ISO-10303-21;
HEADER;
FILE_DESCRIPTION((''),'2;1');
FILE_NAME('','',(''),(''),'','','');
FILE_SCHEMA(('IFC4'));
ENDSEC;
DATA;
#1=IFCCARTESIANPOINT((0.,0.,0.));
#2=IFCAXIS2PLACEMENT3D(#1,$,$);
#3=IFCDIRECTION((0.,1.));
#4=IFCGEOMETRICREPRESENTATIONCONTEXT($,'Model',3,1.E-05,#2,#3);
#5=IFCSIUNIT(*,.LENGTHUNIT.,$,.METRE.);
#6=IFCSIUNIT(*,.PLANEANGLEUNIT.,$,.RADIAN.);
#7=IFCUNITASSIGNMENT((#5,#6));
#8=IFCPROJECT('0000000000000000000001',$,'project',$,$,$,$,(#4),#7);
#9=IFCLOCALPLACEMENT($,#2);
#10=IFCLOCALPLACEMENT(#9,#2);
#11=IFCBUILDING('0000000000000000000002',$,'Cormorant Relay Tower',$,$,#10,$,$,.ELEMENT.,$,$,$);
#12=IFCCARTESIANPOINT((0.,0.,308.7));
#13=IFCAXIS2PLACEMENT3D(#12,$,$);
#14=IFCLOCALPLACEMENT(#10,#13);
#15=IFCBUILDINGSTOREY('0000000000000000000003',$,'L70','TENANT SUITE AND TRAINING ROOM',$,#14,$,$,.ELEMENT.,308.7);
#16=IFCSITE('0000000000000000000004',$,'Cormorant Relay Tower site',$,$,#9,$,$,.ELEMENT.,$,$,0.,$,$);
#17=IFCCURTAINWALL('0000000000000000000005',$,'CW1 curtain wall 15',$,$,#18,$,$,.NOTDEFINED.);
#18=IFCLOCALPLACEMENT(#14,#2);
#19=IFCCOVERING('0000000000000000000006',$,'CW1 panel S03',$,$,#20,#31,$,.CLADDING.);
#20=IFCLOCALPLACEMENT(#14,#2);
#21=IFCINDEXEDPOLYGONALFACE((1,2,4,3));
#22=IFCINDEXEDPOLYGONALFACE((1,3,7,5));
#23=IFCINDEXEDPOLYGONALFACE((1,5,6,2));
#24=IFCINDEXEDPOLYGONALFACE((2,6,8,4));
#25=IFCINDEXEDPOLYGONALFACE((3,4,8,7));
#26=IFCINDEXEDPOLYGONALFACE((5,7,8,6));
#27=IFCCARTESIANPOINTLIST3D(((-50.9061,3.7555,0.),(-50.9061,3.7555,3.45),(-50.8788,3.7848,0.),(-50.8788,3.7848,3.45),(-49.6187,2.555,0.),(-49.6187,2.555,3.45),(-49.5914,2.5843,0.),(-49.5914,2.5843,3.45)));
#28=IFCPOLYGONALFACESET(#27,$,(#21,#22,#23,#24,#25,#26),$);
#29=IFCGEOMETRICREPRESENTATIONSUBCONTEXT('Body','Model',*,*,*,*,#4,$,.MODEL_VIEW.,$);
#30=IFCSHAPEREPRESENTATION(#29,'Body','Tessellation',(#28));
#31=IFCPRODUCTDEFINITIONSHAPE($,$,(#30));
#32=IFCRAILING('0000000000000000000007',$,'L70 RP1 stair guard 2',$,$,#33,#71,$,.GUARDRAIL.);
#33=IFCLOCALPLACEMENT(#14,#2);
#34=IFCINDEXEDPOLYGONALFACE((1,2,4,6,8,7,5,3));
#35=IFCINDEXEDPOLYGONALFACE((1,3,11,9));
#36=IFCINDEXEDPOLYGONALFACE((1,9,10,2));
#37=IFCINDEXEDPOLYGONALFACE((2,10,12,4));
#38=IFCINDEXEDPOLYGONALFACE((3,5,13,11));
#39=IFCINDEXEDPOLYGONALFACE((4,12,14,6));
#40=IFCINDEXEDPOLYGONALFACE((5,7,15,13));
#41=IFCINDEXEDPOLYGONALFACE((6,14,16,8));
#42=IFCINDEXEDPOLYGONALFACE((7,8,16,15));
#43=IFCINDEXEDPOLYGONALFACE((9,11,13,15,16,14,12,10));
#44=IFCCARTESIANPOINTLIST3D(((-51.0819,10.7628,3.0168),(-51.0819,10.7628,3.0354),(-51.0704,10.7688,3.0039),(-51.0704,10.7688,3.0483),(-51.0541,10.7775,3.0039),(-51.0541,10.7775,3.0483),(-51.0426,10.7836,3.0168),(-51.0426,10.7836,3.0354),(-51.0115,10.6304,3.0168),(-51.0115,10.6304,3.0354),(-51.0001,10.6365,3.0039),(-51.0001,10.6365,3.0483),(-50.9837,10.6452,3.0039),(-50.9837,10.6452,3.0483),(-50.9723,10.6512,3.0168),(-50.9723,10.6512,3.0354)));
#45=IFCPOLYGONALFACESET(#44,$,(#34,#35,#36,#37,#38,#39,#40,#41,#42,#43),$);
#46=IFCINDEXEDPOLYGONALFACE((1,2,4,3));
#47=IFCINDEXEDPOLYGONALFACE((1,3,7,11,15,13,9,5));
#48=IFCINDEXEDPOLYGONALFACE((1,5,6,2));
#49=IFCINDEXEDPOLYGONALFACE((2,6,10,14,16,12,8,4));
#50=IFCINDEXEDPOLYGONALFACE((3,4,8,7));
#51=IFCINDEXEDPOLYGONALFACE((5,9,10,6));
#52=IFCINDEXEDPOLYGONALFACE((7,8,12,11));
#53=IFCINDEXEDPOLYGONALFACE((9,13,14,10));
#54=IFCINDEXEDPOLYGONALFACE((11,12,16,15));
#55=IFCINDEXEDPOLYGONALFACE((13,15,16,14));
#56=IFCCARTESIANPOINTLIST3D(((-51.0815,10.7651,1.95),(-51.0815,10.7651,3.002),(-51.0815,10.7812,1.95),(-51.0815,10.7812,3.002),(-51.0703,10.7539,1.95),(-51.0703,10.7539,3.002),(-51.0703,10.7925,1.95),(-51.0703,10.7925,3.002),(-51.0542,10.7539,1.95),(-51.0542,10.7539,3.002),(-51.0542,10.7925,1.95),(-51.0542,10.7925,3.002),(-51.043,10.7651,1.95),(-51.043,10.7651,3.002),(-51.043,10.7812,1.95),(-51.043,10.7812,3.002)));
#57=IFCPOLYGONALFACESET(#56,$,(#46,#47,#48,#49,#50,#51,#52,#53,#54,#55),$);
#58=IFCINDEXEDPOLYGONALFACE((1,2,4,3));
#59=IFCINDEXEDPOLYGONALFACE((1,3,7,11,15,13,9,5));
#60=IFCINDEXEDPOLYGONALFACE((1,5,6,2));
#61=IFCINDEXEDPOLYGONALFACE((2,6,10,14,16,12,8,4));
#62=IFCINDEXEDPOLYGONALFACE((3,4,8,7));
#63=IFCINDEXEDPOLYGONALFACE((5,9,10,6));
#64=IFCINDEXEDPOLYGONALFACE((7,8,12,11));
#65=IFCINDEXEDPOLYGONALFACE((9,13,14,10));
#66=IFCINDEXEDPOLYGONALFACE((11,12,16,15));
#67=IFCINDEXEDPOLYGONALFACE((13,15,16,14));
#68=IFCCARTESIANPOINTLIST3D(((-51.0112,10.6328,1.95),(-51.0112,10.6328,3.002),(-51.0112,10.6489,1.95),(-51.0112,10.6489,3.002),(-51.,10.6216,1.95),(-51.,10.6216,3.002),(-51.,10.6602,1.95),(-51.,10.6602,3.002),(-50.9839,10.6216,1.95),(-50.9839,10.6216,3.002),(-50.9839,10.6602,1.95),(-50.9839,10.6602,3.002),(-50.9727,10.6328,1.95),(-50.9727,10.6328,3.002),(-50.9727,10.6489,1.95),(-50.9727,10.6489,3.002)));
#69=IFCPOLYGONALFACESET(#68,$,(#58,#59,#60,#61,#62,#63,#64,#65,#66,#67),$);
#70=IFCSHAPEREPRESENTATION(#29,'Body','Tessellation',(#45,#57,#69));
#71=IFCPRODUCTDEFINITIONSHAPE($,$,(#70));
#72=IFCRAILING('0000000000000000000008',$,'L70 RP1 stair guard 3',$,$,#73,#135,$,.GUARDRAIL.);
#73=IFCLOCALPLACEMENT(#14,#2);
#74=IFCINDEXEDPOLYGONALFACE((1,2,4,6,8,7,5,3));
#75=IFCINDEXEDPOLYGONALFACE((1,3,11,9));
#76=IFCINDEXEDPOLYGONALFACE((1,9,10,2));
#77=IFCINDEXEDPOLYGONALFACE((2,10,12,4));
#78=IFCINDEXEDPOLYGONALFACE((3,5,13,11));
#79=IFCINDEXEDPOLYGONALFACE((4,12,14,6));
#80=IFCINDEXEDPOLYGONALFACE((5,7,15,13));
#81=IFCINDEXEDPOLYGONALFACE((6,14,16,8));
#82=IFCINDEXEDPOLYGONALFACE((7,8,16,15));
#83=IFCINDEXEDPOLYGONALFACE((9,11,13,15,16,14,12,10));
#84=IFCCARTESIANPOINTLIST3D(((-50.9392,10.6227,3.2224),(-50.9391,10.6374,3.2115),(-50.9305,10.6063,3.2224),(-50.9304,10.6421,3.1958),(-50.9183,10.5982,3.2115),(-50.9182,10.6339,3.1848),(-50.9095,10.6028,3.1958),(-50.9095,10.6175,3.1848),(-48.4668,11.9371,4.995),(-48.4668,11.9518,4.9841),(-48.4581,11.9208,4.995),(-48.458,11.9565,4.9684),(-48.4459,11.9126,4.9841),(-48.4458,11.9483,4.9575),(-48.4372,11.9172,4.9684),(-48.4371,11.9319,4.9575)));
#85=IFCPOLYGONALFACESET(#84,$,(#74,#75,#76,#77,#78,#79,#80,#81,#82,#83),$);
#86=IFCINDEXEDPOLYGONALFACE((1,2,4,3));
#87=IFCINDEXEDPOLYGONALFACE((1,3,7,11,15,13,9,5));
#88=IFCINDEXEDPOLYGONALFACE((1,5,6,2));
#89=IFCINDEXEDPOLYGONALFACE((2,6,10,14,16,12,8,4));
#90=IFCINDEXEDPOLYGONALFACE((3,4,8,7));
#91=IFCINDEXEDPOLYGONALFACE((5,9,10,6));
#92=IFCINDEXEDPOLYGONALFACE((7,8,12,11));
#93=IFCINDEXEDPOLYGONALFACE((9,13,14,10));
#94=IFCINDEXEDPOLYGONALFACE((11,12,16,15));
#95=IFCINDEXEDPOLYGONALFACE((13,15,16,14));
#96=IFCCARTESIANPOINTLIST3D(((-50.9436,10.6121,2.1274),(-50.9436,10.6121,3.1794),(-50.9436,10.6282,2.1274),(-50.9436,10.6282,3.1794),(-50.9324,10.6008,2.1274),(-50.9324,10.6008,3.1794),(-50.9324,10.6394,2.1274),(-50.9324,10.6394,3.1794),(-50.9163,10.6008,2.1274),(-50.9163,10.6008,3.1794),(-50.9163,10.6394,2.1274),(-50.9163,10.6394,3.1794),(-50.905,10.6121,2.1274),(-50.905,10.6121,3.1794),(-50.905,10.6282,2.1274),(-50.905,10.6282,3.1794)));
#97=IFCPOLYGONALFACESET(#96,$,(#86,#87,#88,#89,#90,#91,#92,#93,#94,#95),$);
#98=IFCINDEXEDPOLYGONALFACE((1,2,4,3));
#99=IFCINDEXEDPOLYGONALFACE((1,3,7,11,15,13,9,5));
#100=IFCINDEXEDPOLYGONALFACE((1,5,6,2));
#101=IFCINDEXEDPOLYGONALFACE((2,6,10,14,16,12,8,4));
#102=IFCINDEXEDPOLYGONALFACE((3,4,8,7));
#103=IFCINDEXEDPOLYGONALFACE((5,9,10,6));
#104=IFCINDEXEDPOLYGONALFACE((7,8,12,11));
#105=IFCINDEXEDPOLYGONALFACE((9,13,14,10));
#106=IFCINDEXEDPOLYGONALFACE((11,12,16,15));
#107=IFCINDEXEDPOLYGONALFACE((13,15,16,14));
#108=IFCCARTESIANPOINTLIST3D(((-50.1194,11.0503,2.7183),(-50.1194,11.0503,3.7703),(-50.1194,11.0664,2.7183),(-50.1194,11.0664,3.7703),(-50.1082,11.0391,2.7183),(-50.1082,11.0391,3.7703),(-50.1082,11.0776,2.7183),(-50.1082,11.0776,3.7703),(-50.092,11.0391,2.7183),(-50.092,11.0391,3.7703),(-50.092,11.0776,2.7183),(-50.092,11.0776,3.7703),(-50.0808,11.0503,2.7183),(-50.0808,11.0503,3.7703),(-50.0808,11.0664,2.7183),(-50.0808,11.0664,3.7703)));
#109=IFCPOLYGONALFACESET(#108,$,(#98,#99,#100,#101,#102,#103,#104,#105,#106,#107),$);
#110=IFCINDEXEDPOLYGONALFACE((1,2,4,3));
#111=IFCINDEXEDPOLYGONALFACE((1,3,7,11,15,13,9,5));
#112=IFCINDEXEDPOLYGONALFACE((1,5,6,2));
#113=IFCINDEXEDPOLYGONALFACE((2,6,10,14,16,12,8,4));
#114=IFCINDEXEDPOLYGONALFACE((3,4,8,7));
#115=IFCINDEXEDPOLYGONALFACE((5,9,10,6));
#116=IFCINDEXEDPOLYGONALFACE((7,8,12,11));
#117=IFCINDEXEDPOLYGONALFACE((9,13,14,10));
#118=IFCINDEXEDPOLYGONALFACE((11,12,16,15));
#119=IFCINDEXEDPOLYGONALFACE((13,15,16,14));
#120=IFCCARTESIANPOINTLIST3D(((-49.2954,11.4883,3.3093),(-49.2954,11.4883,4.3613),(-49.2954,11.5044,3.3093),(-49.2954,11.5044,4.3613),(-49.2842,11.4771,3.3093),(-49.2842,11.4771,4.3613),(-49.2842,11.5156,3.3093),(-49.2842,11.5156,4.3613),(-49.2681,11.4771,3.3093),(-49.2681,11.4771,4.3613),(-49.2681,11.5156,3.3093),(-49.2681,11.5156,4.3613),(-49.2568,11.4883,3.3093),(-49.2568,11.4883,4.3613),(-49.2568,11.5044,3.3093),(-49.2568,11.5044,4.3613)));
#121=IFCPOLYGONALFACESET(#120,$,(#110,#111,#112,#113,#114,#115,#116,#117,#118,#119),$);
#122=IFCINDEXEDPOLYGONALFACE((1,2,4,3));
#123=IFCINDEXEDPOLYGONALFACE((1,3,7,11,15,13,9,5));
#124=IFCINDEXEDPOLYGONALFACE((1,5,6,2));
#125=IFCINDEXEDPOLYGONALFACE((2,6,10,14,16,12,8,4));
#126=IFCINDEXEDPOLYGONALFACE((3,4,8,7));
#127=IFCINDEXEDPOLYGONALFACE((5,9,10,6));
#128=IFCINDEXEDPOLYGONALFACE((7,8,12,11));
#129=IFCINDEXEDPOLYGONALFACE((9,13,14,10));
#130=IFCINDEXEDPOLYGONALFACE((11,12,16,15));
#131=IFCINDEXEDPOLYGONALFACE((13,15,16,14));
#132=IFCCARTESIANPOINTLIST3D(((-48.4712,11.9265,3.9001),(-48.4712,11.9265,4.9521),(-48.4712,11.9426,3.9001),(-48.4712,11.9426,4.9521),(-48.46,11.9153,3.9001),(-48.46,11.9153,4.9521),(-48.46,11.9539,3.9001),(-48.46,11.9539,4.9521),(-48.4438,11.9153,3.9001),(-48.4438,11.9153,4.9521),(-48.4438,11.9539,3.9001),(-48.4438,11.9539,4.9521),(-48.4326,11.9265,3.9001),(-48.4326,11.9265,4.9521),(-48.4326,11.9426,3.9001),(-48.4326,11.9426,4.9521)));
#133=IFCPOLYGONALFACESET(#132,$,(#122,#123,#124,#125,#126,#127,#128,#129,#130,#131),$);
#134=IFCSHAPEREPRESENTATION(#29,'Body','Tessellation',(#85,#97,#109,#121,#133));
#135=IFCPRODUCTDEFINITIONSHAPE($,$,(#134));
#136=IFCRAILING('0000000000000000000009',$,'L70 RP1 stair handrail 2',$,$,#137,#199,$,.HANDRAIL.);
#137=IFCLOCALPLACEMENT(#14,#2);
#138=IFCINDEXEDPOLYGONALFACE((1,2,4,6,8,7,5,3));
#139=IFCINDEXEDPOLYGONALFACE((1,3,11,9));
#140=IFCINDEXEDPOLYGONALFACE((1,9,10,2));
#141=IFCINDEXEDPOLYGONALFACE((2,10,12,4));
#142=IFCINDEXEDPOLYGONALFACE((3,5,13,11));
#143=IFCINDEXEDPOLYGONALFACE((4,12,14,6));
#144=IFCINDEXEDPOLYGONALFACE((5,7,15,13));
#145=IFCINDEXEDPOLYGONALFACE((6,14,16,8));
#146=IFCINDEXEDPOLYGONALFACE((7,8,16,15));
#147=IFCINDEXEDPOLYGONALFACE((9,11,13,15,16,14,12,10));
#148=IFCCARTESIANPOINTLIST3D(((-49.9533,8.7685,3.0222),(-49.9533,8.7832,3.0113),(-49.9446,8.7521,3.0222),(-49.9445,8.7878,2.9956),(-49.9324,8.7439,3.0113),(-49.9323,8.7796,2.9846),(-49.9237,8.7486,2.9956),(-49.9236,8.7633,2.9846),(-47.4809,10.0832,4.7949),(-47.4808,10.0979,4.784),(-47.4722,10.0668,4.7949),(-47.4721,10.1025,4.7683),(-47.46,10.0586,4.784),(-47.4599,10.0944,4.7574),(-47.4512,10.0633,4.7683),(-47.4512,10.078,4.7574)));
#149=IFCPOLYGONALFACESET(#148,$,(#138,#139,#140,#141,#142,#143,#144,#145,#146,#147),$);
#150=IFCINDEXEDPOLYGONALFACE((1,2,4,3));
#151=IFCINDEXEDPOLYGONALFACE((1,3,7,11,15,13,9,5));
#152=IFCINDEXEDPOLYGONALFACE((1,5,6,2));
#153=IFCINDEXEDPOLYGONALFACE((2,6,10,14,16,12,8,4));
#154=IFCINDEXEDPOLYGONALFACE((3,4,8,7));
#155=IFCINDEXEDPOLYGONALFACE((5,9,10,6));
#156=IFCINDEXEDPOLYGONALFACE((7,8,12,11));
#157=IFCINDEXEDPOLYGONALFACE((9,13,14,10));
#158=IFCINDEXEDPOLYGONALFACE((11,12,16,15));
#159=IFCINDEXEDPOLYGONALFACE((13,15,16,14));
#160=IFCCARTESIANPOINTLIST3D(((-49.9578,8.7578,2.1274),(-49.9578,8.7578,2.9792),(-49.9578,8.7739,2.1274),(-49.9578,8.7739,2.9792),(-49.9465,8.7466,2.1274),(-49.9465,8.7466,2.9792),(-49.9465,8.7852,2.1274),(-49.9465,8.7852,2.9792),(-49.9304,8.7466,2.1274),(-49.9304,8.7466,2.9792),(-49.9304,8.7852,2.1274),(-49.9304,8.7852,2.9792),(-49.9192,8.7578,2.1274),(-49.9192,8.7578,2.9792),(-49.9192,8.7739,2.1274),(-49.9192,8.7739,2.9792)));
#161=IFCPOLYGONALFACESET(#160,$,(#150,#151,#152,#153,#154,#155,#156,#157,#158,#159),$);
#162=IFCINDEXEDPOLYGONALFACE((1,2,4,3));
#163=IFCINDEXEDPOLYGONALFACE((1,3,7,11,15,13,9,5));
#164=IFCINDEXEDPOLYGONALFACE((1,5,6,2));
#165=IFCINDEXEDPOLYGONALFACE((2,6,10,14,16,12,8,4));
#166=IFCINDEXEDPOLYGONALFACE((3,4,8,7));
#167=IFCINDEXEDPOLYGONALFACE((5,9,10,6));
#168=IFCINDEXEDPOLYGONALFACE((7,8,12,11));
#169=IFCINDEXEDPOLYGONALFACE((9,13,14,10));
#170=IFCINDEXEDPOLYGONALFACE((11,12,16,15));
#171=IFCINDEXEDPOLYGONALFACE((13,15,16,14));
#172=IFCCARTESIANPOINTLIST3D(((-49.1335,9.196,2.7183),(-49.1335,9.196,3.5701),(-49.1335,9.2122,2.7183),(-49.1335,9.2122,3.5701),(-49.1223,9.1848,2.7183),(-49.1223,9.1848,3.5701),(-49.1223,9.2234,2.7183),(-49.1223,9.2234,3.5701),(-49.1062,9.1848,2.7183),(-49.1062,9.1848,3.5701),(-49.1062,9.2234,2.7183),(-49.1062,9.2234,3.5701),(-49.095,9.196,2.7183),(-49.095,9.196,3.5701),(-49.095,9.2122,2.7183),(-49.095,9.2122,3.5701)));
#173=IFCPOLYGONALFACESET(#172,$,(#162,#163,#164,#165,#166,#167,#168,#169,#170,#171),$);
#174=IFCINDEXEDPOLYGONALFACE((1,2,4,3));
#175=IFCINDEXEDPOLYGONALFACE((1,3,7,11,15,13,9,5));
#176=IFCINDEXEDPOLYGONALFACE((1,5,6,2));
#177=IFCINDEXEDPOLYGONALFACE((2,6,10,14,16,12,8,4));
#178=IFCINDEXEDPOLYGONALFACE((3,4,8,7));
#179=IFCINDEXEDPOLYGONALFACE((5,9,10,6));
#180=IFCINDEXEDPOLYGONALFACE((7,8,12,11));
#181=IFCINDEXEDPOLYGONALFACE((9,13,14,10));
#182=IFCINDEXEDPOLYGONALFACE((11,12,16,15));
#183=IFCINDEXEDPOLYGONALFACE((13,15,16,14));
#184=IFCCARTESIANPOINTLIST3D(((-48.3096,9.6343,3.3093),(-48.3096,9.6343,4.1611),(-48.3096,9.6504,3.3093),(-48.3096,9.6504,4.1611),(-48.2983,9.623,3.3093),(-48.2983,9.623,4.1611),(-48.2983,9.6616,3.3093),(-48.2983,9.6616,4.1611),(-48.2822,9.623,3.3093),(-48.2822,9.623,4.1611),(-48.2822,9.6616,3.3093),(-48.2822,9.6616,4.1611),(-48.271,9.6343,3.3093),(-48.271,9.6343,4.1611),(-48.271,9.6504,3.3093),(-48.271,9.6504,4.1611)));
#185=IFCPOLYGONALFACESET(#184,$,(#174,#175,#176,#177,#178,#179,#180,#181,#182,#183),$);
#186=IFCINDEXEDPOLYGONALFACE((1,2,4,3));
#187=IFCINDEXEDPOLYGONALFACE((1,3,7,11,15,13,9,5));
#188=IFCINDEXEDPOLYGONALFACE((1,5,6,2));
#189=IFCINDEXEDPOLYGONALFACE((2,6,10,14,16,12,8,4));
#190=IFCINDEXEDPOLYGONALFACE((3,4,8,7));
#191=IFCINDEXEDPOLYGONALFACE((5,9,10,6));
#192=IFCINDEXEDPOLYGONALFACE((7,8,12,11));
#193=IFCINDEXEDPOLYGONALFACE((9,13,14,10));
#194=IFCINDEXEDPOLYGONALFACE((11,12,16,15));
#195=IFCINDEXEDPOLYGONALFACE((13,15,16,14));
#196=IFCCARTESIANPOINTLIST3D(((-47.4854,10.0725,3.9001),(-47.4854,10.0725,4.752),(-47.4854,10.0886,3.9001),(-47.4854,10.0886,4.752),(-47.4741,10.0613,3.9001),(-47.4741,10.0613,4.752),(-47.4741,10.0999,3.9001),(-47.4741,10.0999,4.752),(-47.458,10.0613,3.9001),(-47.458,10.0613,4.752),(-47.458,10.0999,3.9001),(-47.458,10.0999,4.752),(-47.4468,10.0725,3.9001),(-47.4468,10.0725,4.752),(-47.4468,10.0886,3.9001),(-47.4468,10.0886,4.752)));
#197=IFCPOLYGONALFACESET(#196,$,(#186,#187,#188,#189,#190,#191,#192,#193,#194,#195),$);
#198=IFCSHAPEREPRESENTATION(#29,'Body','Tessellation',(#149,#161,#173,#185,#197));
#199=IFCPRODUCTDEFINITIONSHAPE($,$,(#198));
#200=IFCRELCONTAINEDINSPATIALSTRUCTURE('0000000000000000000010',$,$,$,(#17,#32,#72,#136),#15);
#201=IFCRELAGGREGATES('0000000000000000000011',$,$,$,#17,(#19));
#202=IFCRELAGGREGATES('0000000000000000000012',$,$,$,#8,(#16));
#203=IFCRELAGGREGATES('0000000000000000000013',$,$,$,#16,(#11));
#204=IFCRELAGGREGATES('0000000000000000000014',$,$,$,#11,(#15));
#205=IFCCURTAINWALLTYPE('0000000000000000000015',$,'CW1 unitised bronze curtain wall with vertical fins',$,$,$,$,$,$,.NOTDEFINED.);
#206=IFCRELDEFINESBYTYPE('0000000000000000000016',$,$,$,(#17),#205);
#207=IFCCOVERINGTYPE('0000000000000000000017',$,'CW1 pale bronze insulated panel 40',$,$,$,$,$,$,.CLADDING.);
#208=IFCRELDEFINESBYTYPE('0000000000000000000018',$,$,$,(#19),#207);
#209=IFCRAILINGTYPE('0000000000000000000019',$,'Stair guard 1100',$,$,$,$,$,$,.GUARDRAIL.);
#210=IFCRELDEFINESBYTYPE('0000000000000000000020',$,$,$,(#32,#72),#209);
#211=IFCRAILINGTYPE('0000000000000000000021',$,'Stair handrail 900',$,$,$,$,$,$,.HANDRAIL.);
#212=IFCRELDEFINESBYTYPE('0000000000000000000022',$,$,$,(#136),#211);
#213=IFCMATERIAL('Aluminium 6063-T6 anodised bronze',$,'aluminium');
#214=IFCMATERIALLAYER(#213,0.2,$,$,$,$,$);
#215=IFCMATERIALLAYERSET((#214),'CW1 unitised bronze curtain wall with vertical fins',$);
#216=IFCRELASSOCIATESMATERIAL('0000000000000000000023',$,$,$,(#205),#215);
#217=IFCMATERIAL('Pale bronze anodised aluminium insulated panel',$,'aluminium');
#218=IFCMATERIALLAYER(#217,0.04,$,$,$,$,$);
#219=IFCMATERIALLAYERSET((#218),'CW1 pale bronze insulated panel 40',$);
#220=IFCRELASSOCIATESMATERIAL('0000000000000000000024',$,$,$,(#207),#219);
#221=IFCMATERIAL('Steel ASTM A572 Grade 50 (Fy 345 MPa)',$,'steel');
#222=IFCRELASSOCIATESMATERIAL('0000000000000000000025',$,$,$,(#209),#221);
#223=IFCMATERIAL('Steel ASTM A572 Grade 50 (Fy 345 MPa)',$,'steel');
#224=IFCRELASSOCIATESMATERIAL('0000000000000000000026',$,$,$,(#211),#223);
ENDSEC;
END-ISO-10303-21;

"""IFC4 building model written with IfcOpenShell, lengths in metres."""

from ifc_helpers import new_model, si_unit, direction, frame, origin, origin_2d, place, context, subcontext, project, spatial, polyline, rectangle, outline, extrude, material, layer, layer_set, type_object, element, aggregate, save


model = new_model("IFC4")

# Units and contexts
model_context = context("Model", 3, precision=1e-05, world=origin(), true_north=direction((0.0, 1.0)))
body_context = subcontext(model_context, "Body", "Model", "MODEL_VIEW")
ifc_project = project(units=[si_unit("LENGTHUNIT", "METRE"), si_unit("PLANEANGLEUNIT", "RADIAN")], contexts=[model_context])

# Site, building, storey
site_placement = place(None, origin())
site = spatial("IfcSite", under=ifc_project, at=site_placement, Name="Cormorant Relay Tower site", CompositionType="ELEMENT", RefElevation=0.0)
building_placement = place(site_placement, origin())
building = spatial("IfcBuilding", under=site, at=building_placement, Name="Cormorant Relay Tower", CompositionType="ELEMENT")
storey_placement = place(building_placement, frame((0.0, 0.0, 308.7)))
storey = spatial("IfcBuildingStorey", under=building, at=storey_placement, Name="L70", Description="TENANT SUITE AND TRAINING ROOM", CompositionType="ELEMENT", Elevation=308.7)

# Shared definitions
ifc_material_1 = material(Name="Aluminium 6063-T6 anodised bronze", Category="aluminium")
ifc_layer_1 = layer(ifc_material_1, 0.2)
ifc_layer_set_1 = layer_set([ifc_layer_1], Name="CW1 unitised bronze curtain wall with vertical fins")
curtain_wall_type = type_object("IfcCurtainWallType", Name="CW1 unitised bronze curtain wall with vertical fins", PredefinedType="NOTDEFINED", material=ifc_layer_set_1)

# Curtain wall
curtain_wall_1_placement = place(storey_placement, origin())
curtain_wall_1 = element("IfcCurtainWall", 1, at=curtain_wall_1_placement, inside=storey, type_object=curtain_wall_type, Name="CW1 curtain wall 15", PredefinedType="NOTDEFINED")

# Covering
ifc_material_2 = material(Name="Pale bronze anodised aluminium insulated panel", Category="aluminium")
ifc_layer_2 = layer(ifc_material_2, 0.04)
ifc_layer_set_2 = layer_set([ifc_layer_2], Name="CW1 pale bronze insulated panel 40")
covering_type = type_object("IfcCoveringType", Name="CW1 pale bronze insulated panel 40", PredefinedType="CLADDING", material=ifc_layer_set_2)
covering_1_placement = place(storey_placement, frame((-50.2488, 3.1699, 0.0), z_axis=(0.0, 0.0, 1.0), x_axis=(0.731354, -0.681998, 0.0)))
covering_1 = element("IfcCovering", 2, at=covering_1_placement, type_object=covering_type, Name="CW1 panel S03", PredefinedType="CLADDING", context=body_context, shape_type="SweptSolid", body=[
    extrude(rectangle(XDim=1.7603, YDim=0.04, at=origin_2d()), origin(), (0.0, 0.0, 1.0), 3.45),
])
aggregate(curtain_wall_1, [covering_1])

# Railings
ifc_material_3 = material(Name="Steel ASTM A572 Grade 50 (Fy 345 MPa)", Category="steel")
railing_type_1 = type_object("IfcRailingType", Name="Stair guard 1100", PredefinedType="GUARDRAIL", material=ifc_material_3)
railing_1_placement = place(storey_placement, frame((-51.0623, 10.7732, 1.95)))
element("IfcRailing", 3, at=railing_1_placement, inside=storey, type_object=railing_type_1, Name="L70 RP1 stair guard 2", PredefinedType="GUARDRAIL", context=body_context, shape_type="SweptSolid", body=[
    extrude(outline(polyline([(0.0222, 0.0093), (0.0093, 0.0222), (-0.0093, 0.0222), (-0.0222, 0.0093), (-0.0222, -0.0093), (-0.0093, -0.0222), (0.0093, -0.0222), (0.0222, -0.0093), (0.0222, 0.0093)])), frame((0.0, 0.0, 1.0762), z_axis=(0.469235, -0.883074, 0.0), x_axis=(0.883074, 0.469235, 0.0)), (0.0, 0.0, 1.0), 0.1499),
    extrude(outline(polyline([(0.0193, 0.0081), (0.0081, 0.0193), (-0.0081, 0.0193), (-0.0193, 0.0081), (-0.0193, -0.0081), (-0.0081, -0.0193), (0.0081, -0.0193), (0.0193, -0.0081), (0.0193, 0.0081)])), origin(), (0.0, 0.0, 1.0), 1.052),
    extrude(outline(polyline([(0.0193, 0.0081), (0.0081, 0.0193), (-0.0081, 0.0193), (-0.0193, 0.0081), (-0.0193, -0.0081), (-0.0081, -0.0193), (0.0081, -0.0193), (0.0193, -0.0081), (0.0193, 0.0081)])), frame((0.0703, -0.1323, 0.0)), (0.0, 0.0, 1.0), 1.052),
])
railing_2_placement = place(storey_placement, frame((-50.9243, 10.6201, 2.1274)))
element("IfcRailing", 4, at=railing_2_placement, inside=storey, type_object=railing_type_1, Name="L70 RP1 stair guard 3", PredefinedType="GUARDRAIL", context=body_context, shape_type="SweptSolid", body=[
    extrude(outline(polyline([(0.0222, 0.0093), (0.0093, 0.0222), (-0.0093, 0.0222), (-0.0222, 0.0093), (-0.0222, -0.0093), (-0.0093, -0.0222), (0.0093, -0.0222), (0.0222, -0.0093), (0.0222, 0.0093)])), frame((0.0, 0.0, 1.0762), z_axis=(0.746034, 0.396627, 0.534902), x_axis=(-0.469429, 0.88297, 0.0)), (0.0, 0.0, 1.0), 3.314),
    extrude(outline(polyline([(0.0193, 0.0081), (0.0081, 0.0193), (-0.0081, 0.0193), (-0.0193, 0.0081), (-0.0193, -0.0081), (-0.0081, -0.0193), (0.0081, -0.0193), (0.0193, -0.0081), (0.0193, 0.0081)])), origin(), (0.0, 0.0, 1.0), 1.052),
    extrude(outline(polyline([(0.0193, 0.0081), (0.0081, 0.0193), (-0.0081, 0.0193), (-0.0193, 0.0081), (-0.0193, -0.0081), (-0.0081, -0.0193), (0.0081, -0.0193), (0.0193, -0.0081), (0.0193, 0.0081)])), frame((0.8242, 0.4382, 0.5908)), (0.0, 0.0, 1.0), 1.052),
    extrude(outline(polyline([(0.0193, 0.0081), (0.0081, 0.0193), (-0.0081, 0.0193), (-0.0193, 0.0081), (-0.0193, -0.0081), (-0.0081, -0.0193), (0.0081, -0.0193), (0.0193, -0.0081), (0.0193, 0.0081)])), frame((1.6482, 0.8762, 1.1819)), (0.0, 0.0, 1.0), 1.052),
    extrude(outline(polyline([(0.0193, 0.0081), (0.0081, 0.0193), (-0.0081, 0.0193), (-0.0193, 0.0081), (-0.0193, -0.0081), (-0.0081, -0.0193), (0.0081, -0.0193), (0.0193, -0.0081), (0.0193, 0.0081)])), frame((2.4724, 1.3145, 1.7727)), (0.0, 0.0, 1.0), 1.052),
])
ifc_material_4 = material(Name="Steel ASTM A572 Grade 50 (Fy 345 MPa)", Category="steel")
railing_type_2 = type_object("IfcRailingType", Name="Stair handrail 900", PredefinedType="HANDRAIL", material=ifc_material_4)
railing_3_placement = place(storey_placement, frame((-49.9385, 8.7659, 2.1274)))
element("IfcRailing", 5, at=railing_3_placement, inside=storey, type_object=railing_type_2, Name="L70 RP1 stair handrail 2", PredefinedType="HANDRAIL", context=body_context, shape_type="SweptSolid", body=[
    extrude(outline(polyline([(0.0222, 0.0093), (0.0093, 0.0222), (-0.0093, 0.0222), (-0.0222, 0.0093), (-0.0222, -0.0093), (-0.0093, -0.0222), (0.0093, -0.0222), (0.0222, -0.0093), (0.0222, 0.0093)])), frame((0.0, 0.0, 0.876), z_axis=(0.746012, 0.39669, 0.534886), x_axis=(-0.469497, 0.882934, 0.0)), (0.0, 0.0, 1.0), 3.3142),
    extrude(outline(polyline([(0.0193, 0.0081), (0.0081, 0.0193), (-0.0081, 0.0193), (-0.0193, 0.0081), (-0.0193, -0.0081), (-0.0081, -0.0193), (0.0081, -0.0193), (0.0193, -0.0081), (0.0193, 0.0081)])), origin(), (0.0, 0.0, 1.0), 0.8518),
    extrude(outline(polyline([(0.0193, 0.0081), (0.0081, 0.0193), (-0.0081, 0.0193), (-0.0193, 0.0081), (-0.0193, -0.0081), (-0.0081, -0.0193), (0.0081, -0.0193), (0.0193, -0.0081), (0.0193, 0.0081)])), frame((0.8242, 0.4382, 0.5908)), (0.0, 0.0, 1.0), 0.8518),
    extrude(outline(polyline([(0.0193, 0.0081), (0.0081, 0.0193), (-0.0081, 0.0193), (-0.0193, 0.0081), (-0.0193, -0.0081), (-0.0081, -0.0193), (0.0081, -0.0193), (0.0193, -0.0081), (0.0193, 0.0081)])), frame((1.6482, 0.8765, 1.1819)), (0.0, 0.0, 1.0), 0.8518),
    extrude(outline(polyline([(0.0193, 0.0081), (0.0081, 0.0193), (-0.0081, 0.0193), (-0.0193, 0.0081), (-0.0193, -0.0081), (-0.0081, -0.0193), (0.0081, -0.0193), (0.0193, -0.0081), (0.0193, 0.0081)])), frame((2.4724, 1.3147, 1.7727)), (0.0, 0.0, 1.0), 0.8518),
])

save(model, "model.ifc")
